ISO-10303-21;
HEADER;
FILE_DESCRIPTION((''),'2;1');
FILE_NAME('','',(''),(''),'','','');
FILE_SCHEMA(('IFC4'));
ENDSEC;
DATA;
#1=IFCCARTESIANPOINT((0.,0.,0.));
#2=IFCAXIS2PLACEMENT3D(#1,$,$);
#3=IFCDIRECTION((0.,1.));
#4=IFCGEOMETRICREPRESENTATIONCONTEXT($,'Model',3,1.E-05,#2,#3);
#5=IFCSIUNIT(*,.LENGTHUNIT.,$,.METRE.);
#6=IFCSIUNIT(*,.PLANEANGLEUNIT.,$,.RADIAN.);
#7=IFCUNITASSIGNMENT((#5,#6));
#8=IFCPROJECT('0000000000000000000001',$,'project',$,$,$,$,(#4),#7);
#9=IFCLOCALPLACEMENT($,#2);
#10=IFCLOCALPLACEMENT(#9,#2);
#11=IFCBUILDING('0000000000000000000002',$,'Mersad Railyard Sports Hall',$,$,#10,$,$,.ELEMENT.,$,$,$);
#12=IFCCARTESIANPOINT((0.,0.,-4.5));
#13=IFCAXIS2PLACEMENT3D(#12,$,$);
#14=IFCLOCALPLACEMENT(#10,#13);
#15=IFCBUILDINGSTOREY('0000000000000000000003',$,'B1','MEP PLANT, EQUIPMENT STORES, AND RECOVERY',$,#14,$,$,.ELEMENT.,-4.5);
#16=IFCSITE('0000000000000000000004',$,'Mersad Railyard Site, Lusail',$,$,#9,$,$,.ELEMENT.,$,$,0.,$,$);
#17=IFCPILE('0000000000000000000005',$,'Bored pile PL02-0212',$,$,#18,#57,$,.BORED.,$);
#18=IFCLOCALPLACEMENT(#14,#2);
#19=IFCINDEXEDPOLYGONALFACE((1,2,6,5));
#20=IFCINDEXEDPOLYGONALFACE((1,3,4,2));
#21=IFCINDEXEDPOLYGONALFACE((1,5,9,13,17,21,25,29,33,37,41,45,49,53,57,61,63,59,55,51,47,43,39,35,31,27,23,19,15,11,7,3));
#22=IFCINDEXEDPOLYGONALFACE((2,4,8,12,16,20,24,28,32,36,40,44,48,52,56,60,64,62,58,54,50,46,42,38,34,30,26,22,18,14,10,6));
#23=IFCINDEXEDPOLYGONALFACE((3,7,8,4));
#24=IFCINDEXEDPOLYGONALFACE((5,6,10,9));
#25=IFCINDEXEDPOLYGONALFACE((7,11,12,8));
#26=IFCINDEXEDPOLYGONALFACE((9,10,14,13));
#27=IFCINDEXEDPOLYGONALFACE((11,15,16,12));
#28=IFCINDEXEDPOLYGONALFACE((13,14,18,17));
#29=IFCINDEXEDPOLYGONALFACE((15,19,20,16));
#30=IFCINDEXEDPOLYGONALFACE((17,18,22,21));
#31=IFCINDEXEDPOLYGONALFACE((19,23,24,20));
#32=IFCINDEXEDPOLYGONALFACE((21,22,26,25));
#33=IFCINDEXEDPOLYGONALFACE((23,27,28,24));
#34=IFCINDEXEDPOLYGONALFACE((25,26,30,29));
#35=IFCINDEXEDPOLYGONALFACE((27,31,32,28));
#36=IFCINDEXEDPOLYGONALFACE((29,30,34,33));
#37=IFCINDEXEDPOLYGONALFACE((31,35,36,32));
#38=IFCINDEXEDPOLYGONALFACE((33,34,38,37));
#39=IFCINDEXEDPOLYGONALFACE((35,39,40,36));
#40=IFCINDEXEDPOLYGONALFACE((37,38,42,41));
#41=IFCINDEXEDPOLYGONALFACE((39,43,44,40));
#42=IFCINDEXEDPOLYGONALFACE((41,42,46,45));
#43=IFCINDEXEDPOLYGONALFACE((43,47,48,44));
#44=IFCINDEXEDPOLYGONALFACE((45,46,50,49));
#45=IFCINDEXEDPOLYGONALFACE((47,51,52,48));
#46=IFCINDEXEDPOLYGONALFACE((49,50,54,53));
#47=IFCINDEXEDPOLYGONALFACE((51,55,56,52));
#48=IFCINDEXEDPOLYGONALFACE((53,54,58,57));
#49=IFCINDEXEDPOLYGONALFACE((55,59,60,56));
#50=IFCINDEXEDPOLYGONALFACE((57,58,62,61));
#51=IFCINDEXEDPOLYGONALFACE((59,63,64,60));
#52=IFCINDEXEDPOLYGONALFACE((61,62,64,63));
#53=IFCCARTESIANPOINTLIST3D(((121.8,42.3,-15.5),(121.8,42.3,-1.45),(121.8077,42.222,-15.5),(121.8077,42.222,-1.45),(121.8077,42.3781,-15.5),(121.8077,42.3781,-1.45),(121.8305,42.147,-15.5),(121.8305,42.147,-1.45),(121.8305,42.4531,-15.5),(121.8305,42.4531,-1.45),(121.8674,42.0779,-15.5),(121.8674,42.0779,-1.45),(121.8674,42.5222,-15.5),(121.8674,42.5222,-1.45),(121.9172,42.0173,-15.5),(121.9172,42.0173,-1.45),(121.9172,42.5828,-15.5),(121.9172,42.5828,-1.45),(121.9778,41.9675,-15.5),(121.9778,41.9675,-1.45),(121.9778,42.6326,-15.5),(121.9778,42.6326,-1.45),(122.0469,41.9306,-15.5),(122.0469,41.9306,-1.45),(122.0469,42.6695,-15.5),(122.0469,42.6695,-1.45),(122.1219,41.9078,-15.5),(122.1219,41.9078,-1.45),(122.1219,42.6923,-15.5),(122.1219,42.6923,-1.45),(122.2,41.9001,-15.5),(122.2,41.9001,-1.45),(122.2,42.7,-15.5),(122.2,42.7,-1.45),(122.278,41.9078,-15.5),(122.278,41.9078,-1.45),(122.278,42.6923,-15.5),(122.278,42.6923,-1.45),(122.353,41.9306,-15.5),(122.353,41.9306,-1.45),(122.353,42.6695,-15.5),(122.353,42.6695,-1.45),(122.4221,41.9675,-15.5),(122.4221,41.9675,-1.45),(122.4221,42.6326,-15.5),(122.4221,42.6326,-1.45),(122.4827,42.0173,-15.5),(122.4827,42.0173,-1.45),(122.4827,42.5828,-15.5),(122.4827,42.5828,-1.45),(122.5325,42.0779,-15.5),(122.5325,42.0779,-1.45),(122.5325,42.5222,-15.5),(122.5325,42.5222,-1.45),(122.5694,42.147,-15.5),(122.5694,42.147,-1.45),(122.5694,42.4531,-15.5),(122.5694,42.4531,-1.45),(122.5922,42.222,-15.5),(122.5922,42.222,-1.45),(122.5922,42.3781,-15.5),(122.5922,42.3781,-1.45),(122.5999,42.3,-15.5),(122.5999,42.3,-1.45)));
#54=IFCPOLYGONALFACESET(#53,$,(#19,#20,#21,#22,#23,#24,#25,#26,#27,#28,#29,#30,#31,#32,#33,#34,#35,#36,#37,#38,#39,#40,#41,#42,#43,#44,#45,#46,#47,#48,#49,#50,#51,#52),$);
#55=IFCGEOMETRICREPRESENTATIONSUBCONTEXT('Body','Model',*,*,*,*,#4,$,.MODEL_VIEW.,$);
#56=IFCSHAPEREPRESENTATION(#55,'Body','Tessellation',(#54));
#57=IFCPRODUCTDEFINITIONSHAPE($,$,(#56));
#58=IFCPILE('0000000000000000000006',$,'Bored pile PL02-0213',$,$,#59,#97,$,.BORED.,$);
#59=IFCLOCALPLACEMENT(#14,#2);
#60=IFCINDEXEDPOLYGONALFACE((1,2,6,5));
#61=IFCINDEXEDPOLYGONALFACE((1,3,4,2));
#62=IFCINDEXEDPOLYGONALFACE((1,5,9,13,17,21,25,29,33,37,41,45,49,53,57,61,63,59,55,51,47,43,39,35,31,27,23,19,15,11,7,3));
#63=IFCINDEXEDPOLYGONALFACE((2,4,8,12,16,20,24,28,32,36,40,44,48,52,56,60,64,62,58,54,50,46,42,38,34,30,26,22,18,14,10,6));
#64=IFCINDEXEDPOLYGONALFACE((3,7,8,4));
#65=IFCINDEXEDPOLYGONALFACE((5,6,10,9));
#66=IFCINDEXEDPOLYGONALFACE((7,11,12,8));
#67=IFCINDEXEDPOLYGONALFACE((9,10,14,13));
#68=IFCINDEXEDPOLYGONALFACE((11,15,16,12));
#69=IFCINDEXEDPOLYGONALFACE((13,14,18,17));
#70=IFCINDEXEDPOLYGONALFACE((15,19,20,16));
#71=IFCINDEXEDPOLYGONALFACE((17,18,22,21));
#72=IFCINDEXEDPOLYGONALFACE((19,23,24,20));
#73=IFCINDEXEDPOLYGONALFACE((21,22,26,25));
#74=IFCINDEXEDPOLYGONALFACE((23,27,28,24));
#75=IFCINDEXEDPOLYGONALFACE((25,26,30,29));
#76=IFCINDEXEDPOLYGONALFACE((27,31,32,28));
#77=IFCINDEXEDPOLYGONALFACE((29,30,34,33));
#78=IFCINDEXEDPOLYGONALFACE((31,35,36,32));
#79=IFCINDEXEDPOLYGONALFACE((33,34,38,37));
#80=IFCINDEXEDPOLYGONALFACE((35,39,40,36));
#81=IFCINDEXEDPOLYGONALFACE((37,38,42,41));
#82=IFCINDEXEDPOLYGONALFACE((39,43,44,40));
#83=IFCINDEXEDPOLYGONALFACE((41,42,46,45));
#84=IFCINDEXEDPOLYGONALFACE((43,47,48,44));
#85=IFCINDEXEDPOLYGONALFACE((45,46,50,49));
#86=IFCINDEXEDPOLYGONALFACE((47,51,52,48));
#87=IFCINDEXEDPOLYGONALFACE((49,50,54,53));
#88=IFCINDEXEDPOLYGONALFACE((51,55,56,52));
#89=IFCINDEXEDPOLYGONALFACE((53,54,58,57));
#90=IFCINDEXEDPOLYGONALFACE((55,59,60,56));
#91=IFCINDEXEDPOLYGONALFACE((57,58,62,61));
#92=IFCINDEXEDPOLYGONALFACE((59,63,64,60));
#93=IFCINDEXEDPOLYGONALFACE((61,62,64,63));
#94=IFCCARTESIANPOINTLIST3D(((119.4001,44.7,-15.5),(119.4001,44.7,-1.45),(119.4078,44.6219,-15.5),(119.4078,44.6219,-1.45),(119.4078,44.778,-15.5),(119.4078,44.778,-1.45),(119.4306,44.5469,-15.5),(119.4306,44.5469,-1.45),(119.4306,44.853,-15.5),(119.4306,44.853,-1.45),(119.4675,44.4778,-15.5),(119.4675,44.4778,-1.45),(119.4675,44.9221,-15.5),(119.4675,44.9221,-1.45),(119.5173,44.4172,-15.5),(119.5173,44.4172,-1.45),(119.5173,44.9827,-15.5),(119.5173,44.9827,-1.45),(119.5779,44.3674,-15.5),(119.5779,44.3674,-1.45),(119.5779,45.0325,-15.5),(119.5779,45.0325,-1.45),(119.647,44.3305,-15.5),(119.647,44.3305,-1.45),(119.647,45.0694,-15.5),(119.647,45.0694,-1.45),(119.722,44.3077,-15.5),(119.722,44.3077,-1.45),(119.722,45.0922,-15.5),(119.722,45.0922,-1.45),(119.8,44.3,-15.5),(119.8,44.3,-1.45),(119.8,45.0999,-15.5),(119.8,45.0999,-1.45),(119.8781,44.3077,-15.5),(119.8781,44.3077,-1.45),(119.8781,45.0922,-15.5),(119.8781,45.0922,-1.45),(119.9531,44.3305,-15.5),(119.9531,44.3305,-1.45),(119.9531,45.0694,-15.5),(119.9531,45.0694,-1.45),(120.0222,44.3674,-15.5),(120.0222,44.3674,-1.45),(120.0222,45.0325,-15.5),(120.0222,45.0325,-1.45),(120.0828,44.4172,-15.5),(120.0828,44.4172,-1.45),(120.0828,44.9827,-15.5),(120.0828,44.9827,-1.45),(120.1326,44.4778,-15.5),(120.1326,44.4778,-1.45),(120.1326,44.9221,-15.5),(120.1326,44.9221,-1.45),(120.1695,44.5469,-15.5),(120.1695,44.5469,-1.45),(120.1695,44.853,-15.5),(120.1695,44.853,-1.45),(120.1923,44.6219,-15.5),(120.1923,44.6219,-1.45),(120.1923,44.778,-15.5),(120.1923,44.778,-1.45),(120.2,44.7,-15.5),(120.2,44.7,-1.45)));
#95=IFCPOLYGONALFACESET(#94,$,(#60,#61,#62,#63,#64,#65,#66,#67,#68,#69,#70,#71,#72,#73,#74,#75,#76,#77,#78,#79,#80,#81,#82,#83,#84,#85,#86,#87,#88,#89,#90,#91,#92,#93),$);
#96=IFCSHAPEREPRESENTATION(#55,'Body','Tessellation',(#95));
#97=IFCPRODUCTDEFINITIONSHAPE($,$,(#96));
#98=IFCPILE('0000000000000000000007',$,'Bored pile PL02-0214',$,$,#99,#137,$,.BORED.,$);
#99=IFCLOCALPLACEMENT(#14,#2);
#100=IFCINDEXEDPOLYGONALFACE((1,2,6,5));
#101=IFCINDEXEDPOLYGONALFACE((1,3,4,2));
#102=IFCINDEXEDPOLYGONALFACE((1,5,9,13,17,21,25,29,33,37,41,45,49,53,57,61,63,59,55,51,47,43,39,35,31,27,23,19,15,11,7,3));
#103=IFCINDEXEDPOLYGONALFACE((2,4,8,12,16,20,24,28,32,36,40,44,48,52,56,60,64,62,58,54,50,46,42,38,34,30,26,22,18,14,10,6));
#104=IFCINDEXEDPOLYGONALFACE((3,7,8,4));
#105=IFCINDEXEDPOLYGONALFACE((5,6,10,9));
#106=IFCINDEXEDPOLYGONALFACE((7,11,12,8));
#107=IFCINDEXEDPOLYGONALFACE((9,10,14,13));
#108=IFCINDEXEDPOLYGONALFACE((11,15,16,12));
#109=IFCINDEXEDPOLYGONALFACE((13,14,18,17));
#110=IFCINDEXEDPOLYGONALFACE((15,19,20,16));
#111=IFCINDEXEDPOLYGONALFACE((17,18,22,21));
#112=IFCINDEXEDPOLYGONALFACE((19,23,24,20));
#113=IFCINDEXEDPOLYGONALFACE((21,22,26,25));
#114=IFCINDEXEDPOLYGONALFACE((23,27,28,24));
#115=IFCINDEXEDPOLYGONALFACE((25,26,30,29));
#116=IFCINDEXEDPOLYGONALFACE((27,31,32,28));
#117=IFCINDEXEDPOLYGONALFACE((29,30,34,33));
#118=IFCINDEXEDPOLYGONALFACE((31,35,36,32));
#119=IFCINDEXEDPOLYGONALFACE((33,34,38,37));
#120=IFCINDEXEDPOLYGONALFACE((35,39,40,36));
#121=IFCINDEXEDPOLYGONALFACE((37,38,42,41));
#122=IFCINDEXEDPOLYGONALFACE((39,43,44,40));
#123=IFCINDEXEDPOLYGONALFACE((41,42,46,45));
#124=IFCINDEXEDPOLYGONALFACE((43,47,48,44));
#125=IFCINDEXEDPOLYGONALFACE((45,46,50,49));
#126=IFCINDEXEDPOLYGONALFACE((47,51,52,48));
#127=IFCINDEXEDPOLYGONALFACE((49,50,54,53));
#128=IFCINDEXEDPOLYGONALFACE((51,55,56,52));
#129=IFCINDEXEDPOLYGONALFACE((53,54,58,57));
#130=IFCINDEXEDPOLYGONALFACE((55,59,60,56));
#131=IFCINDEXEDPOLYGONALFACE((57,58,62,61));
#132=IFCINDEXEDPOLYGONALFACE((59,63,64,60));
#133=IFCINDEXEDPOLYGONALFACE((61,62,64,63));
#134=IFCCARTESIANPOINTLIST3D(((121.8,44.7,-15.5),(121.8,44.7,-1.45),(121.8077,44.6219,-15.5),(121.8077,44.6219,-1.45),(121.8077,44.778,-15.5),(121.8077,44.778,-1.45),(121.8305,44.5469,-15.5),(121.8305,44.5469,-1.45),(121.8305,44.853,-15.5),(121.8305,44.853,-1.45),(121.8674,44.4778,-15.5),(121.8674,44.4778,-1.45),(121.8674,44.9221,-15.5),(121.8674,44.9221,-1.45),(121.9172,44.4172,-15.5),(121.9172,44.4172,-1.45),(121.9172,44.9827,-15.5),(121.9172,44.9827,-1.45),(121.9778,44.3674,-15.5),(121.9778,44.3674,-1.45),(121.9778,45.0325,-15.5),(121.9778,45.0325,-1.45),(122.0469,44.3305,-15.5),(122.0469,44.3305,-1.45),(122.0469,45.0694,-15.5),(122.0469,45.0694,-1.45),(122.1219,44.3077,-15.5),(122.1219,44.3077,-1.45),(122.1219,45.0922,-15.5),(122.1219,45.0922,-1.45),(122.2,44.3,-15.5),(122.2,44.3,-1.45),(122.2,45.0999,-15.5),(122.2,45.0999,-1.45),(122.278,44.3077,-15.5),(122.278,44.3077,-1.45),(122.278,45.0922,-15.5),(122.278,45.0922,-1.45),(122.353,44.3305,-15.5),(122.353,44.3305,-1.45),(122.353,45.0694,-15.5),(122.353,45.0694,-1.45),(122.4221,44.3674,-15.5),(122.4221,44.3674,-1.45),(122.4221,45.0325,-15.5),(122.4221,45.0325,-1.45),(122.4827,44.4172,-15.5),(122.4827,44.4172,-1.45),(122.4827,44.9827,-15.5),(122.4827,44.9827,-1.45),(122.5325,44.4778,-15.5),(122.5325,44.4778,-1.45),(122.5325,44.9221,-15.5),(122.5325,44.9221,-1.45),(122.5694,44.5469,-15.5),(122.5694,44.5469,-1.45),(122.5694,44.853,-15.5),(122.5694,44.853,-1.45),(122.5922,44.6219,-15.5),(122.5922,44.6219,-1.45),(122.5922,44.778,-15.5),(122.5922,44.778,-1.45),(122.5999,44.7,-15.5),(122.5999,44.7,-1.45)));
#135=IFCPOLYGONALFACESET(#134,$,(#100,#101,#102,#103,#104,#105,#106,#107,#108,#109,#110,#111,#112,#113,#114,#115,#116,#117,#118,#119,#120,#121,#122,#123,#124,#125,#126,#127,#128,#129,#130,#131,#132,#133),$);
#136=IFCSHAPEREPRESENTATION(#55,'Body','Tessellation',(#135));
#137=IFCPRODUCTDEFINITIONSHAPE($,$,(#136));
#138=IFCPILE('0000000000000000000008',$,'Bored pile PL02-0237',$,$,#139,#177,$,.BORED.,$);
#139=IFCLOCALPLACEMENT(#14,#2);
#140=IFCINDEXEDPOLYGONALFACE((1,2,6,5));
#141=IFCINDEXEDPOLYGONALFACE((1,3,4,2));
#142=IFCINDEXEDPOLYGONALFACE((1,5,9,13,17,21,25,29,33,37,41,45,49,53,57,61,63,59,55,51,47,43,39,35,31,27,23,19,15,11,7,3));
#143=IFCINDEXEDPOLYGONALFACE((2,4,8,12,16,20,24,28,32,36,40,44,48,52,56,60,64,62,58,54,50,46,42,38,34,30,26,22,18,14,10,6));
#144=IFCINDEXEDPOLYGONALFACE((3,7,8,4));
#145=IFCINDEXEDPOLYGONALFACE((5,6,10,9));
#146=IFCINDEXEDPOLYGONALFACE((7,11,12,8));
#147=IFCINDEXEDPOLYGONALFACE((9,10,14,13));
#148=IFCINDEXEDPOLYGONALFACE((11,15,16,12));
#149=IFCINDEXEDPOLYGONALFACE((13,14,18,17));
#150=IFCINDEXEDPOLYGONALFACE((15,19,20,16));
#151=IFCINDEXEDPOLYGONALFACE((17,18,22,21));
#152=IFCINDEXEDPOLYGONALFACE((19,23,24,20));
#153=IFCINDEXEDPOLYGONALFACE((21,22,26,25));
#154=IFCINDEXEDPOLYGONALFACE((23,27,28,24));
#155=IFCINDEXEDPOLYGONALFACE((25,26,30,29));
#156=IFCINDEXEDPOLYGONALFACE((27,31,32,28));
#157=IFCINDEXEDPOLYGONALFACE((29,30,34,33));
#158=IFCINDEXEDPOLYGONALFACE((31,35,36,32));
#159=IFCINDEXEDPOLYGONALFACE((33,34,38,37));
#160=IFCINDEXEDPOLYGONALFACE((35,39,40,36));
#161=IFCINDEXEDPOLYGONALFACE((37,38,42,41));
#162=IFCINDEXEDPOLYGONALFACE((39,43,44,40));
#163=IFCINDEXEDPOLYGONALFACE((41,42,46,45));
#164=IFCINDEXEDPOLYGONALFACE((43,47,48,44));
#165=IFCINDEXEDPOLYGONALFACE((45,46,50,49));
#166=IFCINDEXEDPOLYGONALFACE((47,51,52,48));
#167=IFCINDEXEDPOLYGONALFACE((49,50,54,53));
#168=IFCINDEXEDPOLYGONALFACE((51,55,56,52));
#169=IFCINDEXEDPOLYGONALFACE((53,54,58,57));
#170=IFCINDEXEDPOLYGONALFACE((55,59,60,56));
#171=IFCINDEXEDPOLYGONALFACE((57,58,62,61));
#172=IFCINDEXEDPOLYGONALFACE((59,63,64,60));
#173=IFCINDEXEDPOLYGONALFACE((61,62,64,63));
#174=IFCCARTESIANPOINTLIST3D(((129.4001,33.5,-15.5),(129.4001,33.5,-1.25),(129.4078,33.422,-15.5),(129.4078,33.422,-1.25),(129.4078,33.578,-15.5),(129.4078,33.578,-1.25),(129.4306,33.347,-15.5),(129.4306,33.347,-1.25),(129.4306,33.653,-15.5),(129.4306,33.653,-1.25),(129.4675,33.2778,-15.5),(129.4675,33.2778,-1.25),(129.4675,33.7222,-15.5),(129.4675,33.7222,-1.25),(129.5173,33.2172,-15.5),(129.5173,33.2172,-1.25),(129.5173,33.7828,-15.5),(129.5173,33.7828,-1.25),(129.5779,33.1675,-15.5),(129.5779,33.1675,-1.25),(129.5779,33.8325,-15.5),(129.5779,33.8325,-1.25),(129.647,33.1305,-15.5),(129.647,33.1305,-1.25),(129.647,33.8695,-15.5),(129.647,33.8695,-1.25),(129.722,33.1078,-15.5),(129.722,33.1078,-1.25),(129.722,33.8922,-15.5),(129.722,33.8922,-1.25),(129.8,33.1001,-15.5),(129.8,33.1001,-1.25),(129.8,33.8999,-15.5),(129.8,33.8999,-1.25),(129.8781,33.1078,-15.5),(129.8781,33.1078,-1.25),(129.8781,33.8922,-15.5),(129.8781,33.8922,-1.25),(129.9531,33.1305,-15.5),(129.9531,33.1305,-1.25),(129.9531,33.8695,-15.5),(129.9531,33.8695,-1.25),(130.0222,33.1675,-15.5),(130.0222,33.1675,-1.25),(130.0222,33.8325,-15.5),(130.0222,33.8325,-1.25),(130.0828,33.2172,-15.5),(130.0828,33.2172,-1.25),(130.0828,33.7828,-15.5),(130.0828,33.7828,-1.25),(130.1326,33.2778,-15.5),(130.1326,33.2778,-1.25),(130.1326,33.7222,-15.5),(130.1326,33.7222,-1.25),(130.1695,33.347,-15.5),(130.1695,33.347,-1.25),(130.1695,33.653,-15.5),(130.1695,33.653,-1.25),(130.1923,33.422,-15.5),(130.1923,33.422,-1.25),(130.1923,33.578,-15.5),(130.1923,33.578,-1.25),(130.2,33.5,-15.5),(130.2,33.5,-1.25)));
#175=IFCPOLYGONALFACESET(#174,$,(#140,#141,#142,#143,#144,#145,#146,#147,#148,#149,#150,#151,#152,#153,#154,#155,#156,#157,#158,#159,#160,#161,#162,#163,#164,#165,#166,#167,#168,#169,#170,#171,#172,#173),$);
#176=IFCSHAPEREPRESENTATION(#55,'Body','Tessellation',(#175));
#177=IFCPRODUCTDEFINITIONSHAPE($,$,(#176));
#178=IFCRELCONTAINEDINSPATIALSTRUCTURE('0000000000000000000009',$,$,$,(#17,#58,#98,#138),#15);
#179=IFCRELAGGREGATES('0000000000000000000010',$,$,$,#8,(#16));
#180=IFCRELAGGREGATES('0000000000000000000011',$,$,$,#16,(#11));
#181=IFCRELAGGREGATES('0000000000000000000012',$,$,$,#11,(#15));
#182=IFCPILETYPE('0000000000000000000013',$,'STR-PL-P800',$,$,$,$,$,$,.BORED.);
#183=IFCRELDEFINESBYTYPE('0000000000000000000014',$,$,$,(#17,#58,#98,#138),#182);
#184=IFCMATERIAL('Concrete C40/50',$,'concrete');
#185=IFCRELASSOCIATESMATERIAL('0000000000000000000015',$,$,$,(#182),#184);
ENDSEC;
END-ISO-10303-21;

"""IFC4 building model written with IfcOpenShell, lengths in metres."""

from ifc_helpers import new_model, si_unit, direction, frame, origin, origin_2d, place, context, subcontext, project, spatial, circle, extrude, material, material_profile, profile_set, type_object, element, save


model = new_model("IFC4")

# Units and contexts
model_context = context("Model", 3, precision=1e-05, world=origin(), true_north=direction((0.0, 1.0)))
body_context = subcontext(model_context, "Body", "Model", "MODEL_VIEW")
ifc_project = project(units=[si_unit("LENGTHUNIT", "METRE"), si_unit("PLANEANGLEUNIT", "RADIAN")], contexts=[model_context])

# Site, building, storey
site_placement = place(None, origin())
site = spatial("IfcSite", under=ifc_project, at=site_placement, Name="Mersad Railyard Site, Lusail", CompositionType="ELEMENT", RefElevation=0.0)
building_placement = place(site_placement, origin())
building = spatial("IfcBuilding", under=site, at=building_placement, Name="Mersad Railyard Sports Hall", CompositionType="ELEMENT")
storey_placement = place(building_placement, frame((0.0, 0.0, -4.5)))
storey = spatial("IfcBuildingStorey", under=building, at=storey_placement, Name="B1", Description="MEP PLANT, EQUIPMENT STORES, AND RECOVERY", CompositionType="ELEMENT", Elevation=-4.5)

# Shared definitions
ifc_material_1 = material(Name="Concrete C40/50", Category="concrete")

# Piles
ifc_material_profile_1 = material_profile(ifc_material_1, circle(Radius=0.3999, at=origin_2d()), Name="BORED PILE D800")
ifc_profile_set_1 = profile_set([ifc_material_profile_1], Name="Concrete C40/50")
pile_type_1 = type_object("IfcPileType", Name="STR-PL-P800", PredefinedType="BORED", material=ifc_profile_set_1)
for number, where, z_axis, x_axis, name in (
    (1, (122.2, 42.3, -1.45), (0.0, 0.0, -1.0), (1.0, 0.0, 0.0), "Bored pile PL02-0212"),
    (2, (119.8, 44.7, -1.45), (0.0, 0.0, -1.0), (1.0, 0.0, 0.0), "Bored pile PL02-0213"),
    (3, (122.2, 44.7, -1.45), (0.0, 0.0, -1.0), (1.0, 0.0, 0.0), "Bored pile PL02-0214"),
):
    element("IfcPile", number, at=place(storey_placement, frame(where, z_axis=z_axis, x_axis=x_axis)), inside=storey, type_object=pile_type_1, Name=name, PredefinedType="BORED", context=body_context, shape_type="SweptSolid", body=[
        extrude(circle(Radius=0.3999, at=origin_2d()), origin(), (0.0, 0.0, 1.0), 14.05),
    ])
for number, where, z_axis, x_axis, name in (
    (4, (129.8, 33.5, -1.25), (0.0, 0.0, -1.0), (1.0, 0.0, 0.0), "Bored pile PL02-0237"),
):
    element("IfcPile", number, at=place(storey_placement, frame(where, z_axis=z_axis, x_axis=x_axis)), inside=storey, type_object=pile_type_1, Name=name, PredefinedType="BORED", context=body_context, shape_type="SweptSolid", body=[
        extrude(circle(Radius=0.3999, at=origin_2d()), origin(), (0.0, 0.0, 1.0), 14.25),
    ])

save(model, "model.ifc")
